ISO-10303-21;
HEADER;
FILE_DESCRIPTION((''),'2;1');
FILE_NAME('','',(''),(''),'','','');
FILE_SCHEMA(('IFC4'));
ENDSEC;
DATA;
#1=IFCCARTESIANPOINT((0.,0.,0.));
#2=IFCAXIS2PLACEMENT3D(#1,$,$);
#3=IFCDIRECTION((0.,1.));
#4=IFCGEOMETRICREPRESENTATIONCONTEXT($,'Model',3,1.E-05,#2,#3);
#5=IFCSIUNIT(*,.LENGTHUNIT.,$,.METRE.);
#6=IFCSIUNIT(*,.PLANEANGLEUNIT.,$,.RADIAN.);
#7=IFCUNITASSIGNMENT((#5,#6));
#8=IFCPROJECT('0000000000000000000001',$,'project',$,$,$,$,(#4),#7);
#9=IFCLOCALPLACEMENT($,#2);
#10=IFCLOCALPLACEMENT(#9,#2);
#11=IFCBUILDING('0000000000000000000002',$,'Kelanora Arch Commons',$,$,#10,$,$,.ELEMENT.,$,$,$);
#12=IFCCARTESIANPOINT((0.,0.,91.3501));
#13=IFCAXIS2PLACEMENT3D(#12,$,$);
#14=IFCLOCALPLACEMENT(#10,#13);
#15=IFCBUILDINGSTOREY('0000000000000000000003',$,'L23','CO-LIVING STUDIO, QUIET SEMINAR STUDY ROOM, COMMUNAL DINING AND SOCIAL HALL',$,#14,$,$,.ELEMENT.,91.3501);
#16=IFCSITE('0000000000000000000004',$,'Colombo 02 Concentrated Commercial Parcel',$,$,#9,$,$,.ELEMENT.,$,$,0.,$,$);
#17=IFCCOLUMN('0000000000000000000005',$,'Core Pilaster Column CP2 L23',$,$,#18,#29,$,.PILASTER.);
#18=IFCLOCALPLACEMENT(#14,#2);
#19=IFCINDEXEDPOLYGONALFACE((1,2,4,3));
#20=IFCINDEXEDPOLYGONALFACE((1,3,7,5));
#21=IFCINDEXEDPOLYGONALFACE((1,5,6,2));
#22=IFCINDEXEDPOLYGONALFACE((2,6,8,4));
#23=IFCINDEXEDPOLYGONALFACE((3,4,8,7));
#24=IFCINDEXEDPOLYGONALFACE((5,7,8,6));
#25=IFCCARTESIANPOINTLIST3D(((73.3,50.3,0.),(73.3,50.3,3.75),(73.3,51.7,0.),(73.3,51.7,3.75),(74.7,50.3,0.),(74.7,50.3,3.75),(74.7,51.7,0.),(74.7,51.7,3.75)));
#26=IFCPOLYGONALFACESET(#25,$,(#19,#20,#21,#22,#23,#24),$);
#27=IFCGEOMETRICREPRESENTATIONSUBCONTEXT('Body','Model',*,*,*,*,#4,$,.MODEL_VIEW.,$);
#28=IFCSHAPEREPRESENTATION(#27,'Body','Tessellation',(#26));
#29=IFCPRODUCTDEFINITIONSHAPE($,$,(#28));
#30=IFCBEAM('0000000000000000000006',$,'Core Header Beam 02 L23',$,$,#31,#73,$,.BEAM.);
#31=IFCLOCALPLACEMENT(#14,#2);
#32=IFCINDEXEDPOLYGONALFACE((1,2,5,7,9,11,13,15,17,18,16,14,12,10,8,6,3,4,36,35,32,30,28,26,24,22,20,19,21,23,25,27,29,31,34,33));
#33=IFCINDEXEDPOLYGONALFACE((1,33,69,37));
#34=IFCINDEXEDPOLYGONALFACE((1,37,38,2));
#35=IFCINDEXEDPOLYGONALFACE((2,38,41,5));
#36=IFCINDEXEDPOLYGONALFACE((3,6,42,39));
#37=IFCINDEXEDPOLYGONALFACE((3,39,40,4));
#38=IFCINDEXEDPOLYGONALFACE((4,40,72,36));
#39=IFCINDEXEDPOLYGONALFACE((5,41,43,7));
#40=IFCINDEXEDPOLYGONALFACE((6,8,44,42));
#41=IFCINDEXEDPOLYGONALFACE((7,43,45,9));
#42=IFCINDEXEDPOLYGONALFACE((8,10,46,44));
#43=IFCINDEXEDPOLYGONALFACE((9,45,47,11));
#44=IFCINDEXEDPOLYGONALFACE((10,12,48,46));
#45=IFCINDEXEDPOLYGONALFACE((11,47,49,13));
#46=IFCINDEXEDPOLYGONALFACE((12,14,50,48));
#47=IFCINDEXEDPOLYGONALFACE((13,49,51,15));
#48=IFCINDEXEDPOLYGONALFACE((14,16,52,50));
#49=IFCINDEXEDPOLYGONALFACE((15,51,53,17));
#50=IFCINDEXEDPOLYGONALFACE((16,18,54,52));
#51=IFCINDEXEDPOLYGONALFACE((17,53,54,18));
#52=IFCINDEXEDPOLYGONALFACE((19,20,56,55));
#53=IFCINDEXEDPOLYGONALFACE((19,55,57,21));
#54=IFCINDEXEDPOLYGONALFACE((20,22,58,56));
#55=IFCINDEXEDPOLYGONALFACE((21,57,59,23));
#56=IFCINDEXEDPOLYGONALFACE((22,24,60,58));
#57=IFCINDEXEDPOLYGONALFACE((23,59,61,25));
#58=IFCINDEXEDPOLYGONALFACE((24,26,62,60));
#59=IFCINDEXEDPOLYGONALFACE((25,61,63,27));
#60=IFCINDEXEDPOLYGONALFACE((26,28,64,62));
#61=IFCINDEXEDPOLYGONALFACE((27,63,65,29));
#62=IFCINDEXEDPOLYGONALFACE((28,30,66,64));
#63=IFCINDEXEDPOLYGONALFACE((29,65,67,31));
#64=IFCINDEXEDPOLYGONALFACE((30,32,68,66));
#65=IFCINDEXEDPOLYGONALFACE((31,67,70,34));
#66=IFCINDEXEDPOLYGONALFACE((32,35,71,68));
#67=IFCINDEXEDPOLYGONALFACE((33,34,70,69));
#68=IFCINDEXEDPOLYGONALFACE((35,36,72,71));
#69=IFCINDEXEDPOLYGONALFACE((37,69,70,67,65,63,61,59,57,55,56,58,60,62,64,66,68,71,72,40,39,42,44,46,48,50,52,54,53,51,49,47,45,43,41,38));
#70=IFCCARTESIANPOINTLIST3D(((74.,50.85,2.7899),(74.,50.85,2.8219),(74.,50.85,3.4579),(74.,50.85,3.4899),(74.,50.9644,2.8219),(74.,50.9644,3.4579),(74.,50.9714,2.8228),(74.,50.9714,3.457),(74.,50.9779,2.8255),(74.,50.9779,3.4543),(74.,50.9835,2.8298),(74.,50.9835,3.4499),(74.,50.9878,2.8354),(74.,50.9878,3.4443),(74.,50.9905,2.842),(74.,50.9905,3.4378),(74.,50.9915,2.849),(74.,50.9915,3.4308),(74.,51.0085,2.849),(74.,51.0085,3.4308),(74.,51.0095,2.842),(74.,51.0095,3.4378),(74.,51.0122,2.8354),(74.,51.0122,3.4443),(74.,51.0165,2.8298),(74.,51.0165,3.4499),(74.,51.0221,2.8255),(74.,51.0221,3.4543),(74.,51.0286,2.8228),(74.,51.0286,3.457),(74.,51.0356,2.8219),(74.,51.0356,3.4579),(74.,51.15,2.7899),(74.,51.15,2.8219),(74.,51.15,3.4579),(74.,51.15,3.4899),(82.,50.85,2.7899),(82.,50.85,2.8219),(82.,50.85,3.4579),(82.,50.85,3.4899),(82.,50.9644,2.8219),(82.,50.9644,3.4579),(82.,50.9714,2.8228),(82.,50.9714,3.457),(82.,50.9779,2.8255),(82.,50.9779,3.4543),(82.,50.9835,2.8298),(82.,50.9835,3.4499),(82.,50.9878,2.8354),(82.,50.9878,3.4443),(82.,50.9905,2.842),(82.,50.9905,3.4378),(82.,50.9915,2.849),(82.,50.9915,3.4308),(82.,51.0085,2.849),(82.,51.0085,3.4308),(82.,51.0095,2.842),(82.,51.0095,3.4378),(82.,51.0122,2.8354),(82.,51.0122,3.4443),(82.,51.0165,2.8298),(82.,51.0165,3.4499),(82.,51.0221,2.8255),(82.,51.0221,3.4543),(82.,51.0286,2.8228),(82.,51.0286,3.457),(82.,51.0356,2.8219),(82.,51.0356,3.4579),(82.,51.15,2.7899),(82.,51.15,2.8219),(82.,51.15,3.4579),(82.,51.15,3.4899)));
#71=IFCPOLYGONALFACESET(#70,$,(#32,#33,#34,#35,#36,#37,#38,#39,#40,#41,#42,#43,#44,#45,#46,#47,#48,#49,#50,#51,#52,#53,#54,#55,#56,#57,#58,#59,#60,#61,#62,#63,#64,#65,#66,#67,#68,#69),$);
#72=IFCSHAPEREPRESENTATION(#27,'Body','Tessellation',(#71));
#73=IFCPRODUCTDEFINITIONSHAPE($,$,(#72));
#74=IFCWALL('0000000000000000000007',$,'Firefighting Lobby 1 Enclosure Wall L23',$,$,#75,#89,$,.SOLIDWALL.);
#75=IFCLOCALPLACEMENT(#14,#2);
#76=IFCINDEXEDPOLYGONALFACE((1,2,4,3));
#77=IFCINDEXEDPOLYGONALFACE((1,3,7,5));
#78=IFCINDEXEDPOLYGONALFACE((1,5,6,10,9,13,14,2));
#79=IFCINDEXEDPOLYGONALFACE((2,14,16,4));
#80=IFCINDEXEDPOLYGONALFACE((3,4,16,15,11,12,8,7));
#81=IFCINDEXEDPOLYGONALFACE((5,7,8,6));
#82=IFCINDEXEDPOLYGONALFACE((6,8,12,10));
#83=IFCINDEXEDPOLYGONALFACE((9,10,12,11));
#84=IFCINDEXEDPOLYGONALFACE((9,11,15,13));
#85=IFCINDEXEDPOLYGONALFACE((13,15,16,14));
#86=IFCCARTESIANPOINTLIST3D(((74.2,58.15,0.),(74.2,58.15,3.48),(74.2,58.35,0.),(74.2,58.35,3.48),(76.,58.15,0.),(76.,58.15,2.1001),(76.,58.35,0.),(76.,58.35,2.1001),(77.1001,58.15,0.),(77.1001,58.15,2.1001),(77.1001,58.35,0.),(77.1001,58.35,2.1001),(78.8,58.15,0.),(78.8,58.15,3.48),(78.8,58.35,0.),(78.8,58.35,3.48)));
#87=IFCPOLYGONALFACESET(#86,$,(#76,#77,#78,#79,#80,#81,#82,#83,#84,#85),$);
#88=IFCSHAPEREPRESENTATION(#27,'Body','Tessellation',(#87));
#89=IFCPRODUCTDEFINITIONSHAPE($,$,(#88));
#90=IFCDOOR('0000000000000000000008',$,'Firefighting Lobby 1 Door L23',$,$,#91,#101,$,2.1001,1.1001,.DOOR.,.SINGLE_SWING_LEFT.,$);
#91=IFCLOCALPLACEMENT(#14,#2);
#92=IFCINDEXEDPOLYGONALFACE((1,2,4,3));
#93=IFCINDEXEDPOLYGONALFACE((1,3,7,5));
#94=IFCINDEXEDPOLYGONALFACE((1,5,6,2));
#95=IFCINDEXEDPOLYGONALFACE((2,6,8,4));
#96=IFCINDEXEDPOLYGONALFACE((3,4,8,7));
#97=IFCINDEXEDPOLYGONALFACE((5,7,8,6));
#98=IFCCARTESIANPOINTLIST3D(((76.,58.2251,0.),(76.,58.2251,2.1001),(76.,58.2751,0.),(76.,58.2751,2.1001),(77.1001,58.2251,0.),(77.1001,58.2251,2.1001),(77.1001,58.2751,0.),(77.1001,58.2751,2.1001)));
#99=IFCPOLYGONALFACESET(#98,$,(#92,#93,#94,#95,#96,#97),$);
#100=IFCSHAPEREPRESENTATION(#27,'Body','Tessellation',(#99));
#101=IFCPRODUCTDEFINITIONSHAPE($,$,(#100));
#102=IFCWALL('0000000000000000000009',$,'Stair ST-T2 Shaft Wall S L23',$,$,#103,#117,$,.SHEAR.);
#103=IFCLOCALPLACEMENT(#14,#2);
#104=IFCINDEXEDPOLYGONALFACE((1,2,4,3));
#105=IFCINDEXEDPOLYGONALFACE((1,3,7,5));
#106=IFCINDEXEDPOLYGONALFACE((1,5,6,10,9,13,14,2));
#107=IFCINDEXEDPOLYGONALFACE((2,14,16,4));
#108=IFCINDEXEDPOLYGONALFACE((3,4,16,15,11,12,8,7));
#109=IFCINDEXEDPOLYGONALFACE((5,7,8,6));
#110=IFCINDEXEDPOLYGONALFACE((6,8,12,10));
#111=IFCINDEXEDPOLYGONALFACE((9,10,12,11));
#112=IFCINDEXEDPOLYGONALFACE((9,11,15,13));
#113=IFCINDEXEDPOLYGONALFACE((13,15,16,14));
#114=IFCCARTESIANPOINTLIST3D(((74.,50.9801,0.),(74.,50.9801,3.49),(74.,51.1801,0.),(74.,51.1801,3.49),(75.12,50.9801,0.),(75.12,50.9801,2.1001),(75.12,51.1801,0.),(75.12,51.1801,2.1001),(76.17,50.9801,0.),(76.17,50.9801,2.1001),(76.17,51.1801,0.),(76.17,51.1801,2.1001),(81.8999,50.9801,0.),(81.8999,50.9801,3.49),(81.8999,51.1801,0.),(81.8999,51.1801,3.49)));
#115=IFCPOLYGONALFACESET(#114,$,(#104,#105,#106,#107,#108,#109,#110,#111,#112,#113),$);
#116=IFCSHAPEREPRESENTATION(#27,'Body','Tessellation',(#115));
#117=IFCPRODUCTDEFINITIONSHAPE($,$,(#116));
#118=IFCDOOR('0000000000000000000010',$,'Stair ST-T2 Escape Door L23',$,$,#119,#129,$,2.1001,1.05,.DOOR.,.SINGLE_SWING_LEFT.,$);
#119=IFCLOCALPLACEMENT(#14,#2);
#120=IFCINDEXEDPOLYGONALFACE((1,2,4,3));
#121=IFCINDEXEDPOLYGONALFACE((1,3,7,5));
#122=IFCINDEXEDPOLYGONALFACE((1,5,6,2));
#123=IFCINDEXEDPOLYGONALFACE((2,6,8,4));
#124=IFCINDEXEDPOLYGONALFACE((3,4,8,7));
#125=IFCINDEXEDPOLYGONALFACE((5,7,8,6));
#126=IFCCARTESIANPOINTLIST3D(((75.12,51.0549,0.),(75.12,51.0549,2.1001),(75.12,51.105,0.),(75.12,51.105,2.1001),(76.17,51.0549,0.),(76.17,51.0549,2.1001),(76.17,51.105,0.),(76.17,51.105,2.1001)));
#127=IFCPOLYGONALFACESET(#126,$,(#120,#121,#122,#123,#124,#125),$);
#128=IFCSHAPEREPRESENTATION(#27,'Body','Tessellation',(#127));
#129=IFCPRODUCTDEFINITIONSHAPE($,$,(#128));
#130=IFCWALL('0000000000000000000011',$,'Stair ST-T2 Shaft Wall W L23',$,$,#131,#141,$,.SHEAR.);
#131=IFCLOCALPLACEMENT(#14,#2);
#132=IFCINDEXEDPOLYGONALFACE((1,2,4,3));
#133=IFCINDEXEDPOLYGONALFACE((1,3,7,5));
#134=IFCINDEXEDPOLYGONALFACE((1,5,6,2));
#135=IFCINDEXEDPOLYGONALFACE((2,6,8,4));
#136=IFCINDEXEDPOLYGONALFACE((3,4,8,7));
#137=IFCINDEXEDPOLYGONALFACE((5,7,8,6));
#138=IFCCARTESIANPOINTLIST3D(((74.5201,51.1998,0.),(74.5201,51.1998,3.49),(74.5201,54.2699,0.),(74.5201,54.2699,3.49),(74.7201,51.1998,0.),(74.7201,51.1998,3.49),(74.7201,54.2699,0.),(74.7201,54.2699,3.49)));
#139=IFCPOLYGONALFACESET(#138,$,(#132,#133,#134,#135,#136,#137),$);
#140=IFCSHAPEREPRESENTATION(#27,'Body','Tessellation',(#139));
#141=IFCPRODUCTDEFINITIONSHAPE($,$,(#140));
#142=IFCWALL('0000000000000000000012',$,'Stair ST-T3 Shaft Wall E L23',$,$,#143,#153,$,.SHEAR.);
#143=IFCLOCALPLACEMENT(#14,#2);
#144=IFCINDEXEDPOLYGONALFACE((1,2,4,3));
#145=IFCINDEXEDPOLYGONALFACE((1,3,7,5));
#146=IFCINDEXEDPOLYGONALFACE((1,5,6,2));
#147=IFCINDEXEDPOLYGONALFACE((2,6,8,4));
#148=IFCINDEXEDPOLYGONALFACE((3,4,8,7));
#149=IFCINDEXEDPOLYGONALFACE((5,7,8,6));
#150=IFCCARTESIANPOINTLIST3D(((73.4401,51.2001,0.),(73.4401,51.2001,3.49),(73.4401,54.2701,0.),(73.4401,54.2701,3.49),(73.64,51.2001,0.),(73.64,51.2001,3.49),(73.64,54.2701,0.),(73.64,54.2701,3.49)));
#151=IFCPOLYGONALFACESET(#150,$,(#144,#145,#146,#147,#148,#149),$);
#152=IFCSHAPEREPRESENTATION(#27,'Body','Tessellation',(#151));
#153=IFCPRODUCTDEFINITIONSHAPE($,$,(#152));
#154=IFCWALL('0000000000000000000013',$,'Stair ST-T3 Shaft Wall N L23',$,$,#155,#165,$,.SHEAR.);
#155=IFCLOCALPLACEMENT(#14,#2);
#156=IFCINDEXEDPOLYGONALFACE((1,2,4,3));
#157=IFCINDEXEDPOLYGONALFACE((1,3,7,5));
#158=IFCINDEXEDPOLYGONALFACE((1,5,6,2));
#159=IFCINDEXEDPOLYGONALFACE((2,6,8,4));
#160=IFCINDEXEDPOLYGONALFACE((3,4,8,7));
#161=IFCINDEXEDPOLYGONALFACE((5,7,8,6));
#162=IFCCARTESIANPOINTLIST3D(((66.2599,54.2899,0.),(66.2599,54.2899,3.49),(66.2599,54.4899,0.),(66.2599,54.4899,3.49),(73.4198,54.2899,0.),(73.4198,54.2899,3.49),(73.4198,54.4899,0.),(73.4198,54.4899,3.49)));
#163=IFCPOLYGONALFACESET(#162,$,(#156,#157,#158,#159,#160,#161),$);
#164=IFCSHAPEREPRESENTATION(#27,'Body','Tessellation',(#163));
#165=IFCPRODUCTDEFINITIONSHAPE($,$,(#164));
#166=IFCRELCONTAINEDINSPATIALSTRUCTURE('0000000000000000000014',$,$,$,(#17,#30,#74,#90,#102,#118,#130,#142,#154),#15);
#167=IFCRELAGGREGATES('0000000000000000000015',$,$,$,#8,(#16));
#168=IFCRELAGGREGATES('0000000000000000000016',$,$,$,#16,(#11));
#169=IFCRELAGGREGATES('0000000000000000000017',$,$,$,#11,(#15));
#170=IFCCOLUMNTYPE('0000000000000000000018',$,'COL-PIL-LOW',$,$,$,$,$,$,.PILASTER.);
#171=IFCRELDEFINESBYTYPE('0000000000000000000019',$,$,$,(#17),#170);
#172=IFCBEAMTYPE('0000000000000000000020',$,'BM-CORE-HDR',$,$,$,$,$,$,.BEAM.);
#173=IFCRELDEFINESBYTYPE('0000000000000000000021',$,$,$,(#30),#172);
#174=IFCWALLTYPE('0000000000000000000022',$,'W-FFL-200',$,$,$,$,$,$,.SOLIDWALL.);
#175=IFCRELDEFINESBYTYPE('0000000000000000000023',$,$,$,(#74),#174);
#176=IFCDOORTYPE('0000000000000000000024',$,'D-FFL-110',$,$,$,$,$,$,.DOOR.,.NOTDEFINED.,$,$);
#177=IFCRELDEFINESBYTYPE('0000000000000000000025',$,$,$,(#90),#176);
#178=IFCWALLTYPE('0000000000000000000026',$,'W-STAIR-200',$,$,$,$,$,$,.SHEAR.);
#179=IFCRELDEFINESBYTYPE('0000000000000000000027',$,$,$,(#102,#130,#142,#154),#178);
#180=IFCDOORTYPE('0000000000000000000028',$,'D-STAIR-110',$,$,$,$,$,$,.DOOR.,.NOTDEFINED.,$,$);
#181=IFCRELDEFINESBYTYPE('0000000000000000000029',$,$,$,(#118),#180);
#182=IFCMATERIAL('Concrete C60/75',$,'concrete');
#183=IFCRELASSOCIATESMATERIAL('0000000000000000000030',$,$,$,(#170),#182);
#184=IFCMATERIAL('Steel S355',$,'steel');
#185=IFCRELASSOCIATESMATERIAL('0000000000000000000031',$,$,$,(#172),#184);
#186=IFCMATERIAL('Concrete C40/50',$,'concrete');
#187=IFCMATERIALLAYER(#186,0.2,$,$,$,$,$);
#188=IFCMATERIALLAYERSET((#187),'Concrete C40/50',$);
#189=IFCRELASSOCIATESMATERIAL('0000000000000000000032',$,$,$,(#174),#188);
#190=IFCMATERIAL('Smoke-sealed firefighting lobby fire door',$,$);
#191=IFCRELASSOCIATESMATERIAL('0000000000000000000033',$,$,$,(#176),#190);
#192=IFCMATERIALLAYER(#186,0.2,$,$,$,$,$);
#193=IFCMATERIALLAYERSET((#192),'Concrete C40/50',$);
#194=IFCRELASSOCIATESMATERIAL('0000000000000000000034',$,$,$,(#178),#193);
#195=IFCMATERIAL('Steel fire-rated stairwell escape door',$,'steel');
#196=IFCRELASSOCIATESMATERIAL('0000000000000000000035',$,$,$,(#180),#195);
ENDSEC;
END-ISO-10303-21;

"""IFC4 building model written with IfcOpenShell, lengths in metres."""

from ifc_helpers import new_model, si_unit, direction, frame, frame_2d, origin, origin_2d, place, context, subcontext, project, spatial, rectangle, i_section, extrude, material, layer, layer_set, material_profile, profile_set, type_object, element, fill, save


model = new_model("IFC4")

# Units and contexts
model_context = context("Model", 3, precision=1e-05, world=origin(), true_north=direction((0.0, 1.0)))
body_context = subcontext(model_context, "Body", "Model", "MODEL_VIEW")
ifc_project = project(units=[si_unit("LENGTHUNIT", "METRE"), si_unit("PLANEANGLEUNIT", "RADIAN")], contexts=[model_context])

# Site, building, storey
site_placement = place(None, origin())
site = spatial("IfcSite", under=ifc_project, at=site_placement, Name="Colombo 02 Concentrated Commercial Parcel", CompositionType="ELEMENT", RefElevation=0.0)
building_placement = place(site_placement, origin())
building = spatial("IfcBuilding", under=site, at=building_placement, Name="Kelanora Arch Commons", CompositionType="ELEMENT")
storey_placement = place(building_placement, frame((0.0, 0.0, 91.3501)))
storey = spatial("IfcBuildingStorey", under=building, at=storey_placement, Name="L23", Description="CO-LIVING STUDIO, QUIET SEMINAR STUDY ROOM, COMMUNAL DINING AND SOCIAL HALL", CompositionType="ELEMENT", Elevation=91.3501)

# Column
ifc_material_1 = material(Name="Concrete C60/75", Category="concrete")
ifc_material_profile_1 = material_profile(ifc_material_1, rectangle(XDim=1.3999, YDim=1.3999, at=origin_2d()), Name="RC1400x1400")
ifc_profile_set_1 = profile_set([ifc_material_profile_1], Name="Concrete C60/75")
column_type = type_object("IfcColumnType", Name="COL-PIL-LOW", PredefinedType="PILASTER", material=ifc_profile_set_1)
column_placement = place(storey_placement, frame((74.0, 51.0, 0.0), z_axis=(0.0, 0.0, 1.0), x_axis=(1.0, 0.0, 0.0)))
element("IfcColumn", 1, at=column_placement, inside=storey, type_object=column_type, Name="Core Pilaster Column CP2 L23", PredefinedType="PILASTER", context=body_context, shape_type="SweptSolid", body=[
    extrude(rectangle(XDim=1.3999, YDim=1.3999, at=origin_2d()), origin(), (0.0, 0.0, 1.0), 3.75),
])

# Beam
ifc_material_2 = material(Name="Steel S355", Category="steel")
ifc_material_profile_2 = material_profile(ifc_material_2, i_section(OverallWidth=0.3, OverallDepth=0.7, WebThickness=0.0171, FlangeThickness=0.032, FilletRadius=0.0271, at=origin_2d()), Name="HEB700")
ifc_profile_set_2 = profile_set([ifc_material_profile_2], Name="Steel S355")
beam_type = type_object("IfcBeamType", Name="BM-CORE-HDR", PredefinedType="BEAM", material=ifc_profile_set_2)
beam_placement = place(storey_placement, frame((74.0, 51.0, 3.1399), z_axis=(1.0, 0.0, 0.0), x_axis=(0.0, 1.0, 0.0)))
element("IfcBeam", 2, at=beam_placement, inside=storey, type_object=beam_type, Name="Core Header Beam 02 L23", PredefinedType="BEAM", context=body_context, shape_type="SweptSolid", body=[
    extrude(i_section(OverallWidth=0.3, OverallDepth=0.7, WebThickness=0.0171, FlangeThickness=0.032, FilletRadius=0.0271, at=origin_2d()), origin(), (0.0, 0.0, 1.0), 8.0),
])

# Walls, openings, doors
ifc_material_3 = material(Name="Concrete C40/50", Category="concrete")
ifc_layer_1 = layer(ifc_material_3, 0.2)
ifc_layer_set_1 = layer_set([ifc_layer_1], Name="Concrete C40/50")
wall_type_1 = type_object("IfcWallType", Name="W-FFL-200", PredefinedType="SOLIDWALL", material=ifc_layer_set_1)
wall_1_placement = place(storey_placement, frame((74.2, 58.25, 0.0), z_axis=(0.0, 0.0, 1.0), x_axis=(1.0, 0.0, 0.0)))
wall_1 = element("IfcWall", 3, at=wall_1_placement, inside=storey, type_object=wall_type_1, Name="Firefighting Lobby 1 Enclosure Wall L23", PredefinedType="SOLIDWALL", context=body_context, shape_type="SweptSolid", body=[
    extrude(rectangle(XDim=4.6001, YDim=0.2, at=frame_2d((2.3, 0.0))), origin(), (0.0, 0.0, 1.0), 3.48),
])
opening_1_placement = place(wall_1_placement, frame((1.8, 0.0, 0.0)))
opening_1 = element("IfcOpeningElement", 4, at=opening_1_placement, cuts=wall_1, PredefinedType="OPENING", context=body_context, shape_type="SweptSolid", body=[
    extrude(rectangle(XDim=1.1001, YDim=2.1001, at=frame_2d((0.55, 1.05))), frame((0.0, 0.1099, 0.0), z_axis=(0.0, -1.0, 0.0), x_axis=(1.0, 0.0, 0.0)), (0.0, 0.0, 1.0), 0.22),
])
ifc_material_4 = material(Name="Smoke-sealed firefighting lobby fire door")
door_type_1 = type_object("IfcDoorType", Name="D-FFL-110", OperationType="NOTDEFINED", PredefinedType="DOOR", material=ifc_material_4)
door_1_placement = place(opening_1_placement, frame((1.1001, 0.0, 0.0), z_axis=(0.0, 0.0, 1.0), x_axis=(-1.0, 0.0, 0.0)))
door_1 = element("IfcDoor", 5, at=door_1_placement, inside=storey, type_object=door_type_1, Name="Firefighting Lobby 1 Door L23", OperationType="SINGLE_SWING_LEFT", OverallHeight=2.1001, OverallWidth=1.1001, PredefinedType="DOOR", context=body_context, shape_type="SweptSolid", body=[
    extrude(rectangle(XDim=1.1001, YDim=2.1001, at=frame_2d((0.55, 1.05))), frame((0.0, 0.0249, 0.0), z_axis=(0.0, -1.0, 0.0), x_axis=(1.0, 0.0, 0.0)), (0.0, 0.0, 1.0), 0.05),
])
fill(opening_1, door_1)
ifc_layer_2 = layer(ifc_material_3, 0.2)
ifc_layer_set_2 = layer_set([ifc_layer_2], Name="Concrete C40/50")
wall_type_2 = type_object("IfcWallType", Name="W-STAIR-200", PredefinedType="SHEAR", material=ifc_layer_set_2)
wall_2_placement = place(storey_placement, frame((74.0, 51.0801, 0.0), z_axis=(0.0, 0.0, 1.0), x_axis=(1.0, 0.0, 0.0)))
wall_2 = element("IfcWall", 6, at=wall_2_placement, inside=storey, type_object=wall_type_2, Name="Stair ST-T2 Shaft Wall S L23", PredefinedType="SHEAR", context=body_context, shape_type="SweptSolid", body=[
    extrude(rectangle(XDim=7.8999, YDim=0.2, at=frame_2d((3.95, 0.0))), origin(), (0.0, 0.0, 1.0), 3.49),
])
opening_2_placement = place(wall_2_placement, frame((1.1201, 0.0, 0.0)))
opening_2 = element("IfcOpeningElement", 7, at=opening_2_placement, cuts=wall_2, PredefinedType="OPENING", context=body_context, shape_type="SweptSolid", body=[
    extrude(rectangle(XDim=1.05, YDim=2.1001, at=frame_2d((0.5249, 1.05))), frame((0.0, 0.1099, 0.0), z_axis=(0.0, -1.0, 0.0), x_axis=(1.0, 0.0, 0.0)), (0.0, 0.0, 1.0), 0.22),
])
ifc_material_5 = material(Name="Steel fire-rated stairwell escape door", Category="steel")
door_type_2 = type_object("IfcDoorType", Name="D-STAIR-110", OperationType="NOTDEFINED", PredefinedType="DOOR", material=ifc_material_5)
door_2_placement = place(opening_2_placement, origin())
door_2 = element("IfcDoor", 8, at=door_2_placement, inside=storey, type_object=door_type_2, Name="Stair ST-T2 Escape Door L23", OperationType="SINGLE_SWING_LEFT", OverallHeight=2.1001, OverallWidth=1.05, PredefinedType="DOOR", context=body_context, shape_type="SweptSolid", body=[
    extrude(rectangle(XDim=1.05, YDim=2.1001, at=frame_2d((0.5249, 1.05))), frame((0.0, 0.0249, 0.0), z_axis=(0.0, -1.0, 0.0), x_axis=(1.0, 0.0, 0.0)), (0.0, 0.0, 1.0), 0.05),
])
fill(opening_2, door_2)

# Walls
for number, where, z_axis, x_axis, name in (
    (9, (74.6201, 54.27, 0.0), (0.0, 0.0, 1.0), (0.0, -1.0, 0.0), "Stair ST-T2 Shaft Wall W L23"),
    (10, (73.54, 51.2, 0.0), (0.0, 0.0, 1.0), (0.0, 1.0, 0.0), "Stair ST-T3 Shaft Wall E L23"),
):
    element("IfcWall", number, at=place(storey_placement, frame(where, z_axis=z_axis, x_axis=x_axis)), inside=storey, type_object=wall_type_2, Name=name, PredefinedType="SHEAR", context=body_context, shape_type="SweptSolid", body=[
        extrude(rectangle(XDim=3.0701, YDim=0.2, at=frame_2d((1.5352, 0.0))), origin(), (0.0, 0.0, 1.0), 3.49),
    ])
wall_3_placement = place(storey_placement, frame((73.4199, 54.3899, 0.0), z_axis=(0.0, 0.0, 1.0), x_axis=(-1.0, 0.0, 0.0)))
element("IfcWall", 11, at=wall_3_placement, inside=storey, type_object=wall_type_2, Name="Stair ST-T3 Shaft Wall N L23", PredefinedType="SHEAR", context=body_context, shape_type="SweptSolid", body=[
    extrude(rectangle(XDim=7.1599, YDim=0.2, at=frame_2d((3.5801, 0.0))), origin(), (0.0, 0.0, 1.0), 3.49),
])

save(model, "model.ifc")
